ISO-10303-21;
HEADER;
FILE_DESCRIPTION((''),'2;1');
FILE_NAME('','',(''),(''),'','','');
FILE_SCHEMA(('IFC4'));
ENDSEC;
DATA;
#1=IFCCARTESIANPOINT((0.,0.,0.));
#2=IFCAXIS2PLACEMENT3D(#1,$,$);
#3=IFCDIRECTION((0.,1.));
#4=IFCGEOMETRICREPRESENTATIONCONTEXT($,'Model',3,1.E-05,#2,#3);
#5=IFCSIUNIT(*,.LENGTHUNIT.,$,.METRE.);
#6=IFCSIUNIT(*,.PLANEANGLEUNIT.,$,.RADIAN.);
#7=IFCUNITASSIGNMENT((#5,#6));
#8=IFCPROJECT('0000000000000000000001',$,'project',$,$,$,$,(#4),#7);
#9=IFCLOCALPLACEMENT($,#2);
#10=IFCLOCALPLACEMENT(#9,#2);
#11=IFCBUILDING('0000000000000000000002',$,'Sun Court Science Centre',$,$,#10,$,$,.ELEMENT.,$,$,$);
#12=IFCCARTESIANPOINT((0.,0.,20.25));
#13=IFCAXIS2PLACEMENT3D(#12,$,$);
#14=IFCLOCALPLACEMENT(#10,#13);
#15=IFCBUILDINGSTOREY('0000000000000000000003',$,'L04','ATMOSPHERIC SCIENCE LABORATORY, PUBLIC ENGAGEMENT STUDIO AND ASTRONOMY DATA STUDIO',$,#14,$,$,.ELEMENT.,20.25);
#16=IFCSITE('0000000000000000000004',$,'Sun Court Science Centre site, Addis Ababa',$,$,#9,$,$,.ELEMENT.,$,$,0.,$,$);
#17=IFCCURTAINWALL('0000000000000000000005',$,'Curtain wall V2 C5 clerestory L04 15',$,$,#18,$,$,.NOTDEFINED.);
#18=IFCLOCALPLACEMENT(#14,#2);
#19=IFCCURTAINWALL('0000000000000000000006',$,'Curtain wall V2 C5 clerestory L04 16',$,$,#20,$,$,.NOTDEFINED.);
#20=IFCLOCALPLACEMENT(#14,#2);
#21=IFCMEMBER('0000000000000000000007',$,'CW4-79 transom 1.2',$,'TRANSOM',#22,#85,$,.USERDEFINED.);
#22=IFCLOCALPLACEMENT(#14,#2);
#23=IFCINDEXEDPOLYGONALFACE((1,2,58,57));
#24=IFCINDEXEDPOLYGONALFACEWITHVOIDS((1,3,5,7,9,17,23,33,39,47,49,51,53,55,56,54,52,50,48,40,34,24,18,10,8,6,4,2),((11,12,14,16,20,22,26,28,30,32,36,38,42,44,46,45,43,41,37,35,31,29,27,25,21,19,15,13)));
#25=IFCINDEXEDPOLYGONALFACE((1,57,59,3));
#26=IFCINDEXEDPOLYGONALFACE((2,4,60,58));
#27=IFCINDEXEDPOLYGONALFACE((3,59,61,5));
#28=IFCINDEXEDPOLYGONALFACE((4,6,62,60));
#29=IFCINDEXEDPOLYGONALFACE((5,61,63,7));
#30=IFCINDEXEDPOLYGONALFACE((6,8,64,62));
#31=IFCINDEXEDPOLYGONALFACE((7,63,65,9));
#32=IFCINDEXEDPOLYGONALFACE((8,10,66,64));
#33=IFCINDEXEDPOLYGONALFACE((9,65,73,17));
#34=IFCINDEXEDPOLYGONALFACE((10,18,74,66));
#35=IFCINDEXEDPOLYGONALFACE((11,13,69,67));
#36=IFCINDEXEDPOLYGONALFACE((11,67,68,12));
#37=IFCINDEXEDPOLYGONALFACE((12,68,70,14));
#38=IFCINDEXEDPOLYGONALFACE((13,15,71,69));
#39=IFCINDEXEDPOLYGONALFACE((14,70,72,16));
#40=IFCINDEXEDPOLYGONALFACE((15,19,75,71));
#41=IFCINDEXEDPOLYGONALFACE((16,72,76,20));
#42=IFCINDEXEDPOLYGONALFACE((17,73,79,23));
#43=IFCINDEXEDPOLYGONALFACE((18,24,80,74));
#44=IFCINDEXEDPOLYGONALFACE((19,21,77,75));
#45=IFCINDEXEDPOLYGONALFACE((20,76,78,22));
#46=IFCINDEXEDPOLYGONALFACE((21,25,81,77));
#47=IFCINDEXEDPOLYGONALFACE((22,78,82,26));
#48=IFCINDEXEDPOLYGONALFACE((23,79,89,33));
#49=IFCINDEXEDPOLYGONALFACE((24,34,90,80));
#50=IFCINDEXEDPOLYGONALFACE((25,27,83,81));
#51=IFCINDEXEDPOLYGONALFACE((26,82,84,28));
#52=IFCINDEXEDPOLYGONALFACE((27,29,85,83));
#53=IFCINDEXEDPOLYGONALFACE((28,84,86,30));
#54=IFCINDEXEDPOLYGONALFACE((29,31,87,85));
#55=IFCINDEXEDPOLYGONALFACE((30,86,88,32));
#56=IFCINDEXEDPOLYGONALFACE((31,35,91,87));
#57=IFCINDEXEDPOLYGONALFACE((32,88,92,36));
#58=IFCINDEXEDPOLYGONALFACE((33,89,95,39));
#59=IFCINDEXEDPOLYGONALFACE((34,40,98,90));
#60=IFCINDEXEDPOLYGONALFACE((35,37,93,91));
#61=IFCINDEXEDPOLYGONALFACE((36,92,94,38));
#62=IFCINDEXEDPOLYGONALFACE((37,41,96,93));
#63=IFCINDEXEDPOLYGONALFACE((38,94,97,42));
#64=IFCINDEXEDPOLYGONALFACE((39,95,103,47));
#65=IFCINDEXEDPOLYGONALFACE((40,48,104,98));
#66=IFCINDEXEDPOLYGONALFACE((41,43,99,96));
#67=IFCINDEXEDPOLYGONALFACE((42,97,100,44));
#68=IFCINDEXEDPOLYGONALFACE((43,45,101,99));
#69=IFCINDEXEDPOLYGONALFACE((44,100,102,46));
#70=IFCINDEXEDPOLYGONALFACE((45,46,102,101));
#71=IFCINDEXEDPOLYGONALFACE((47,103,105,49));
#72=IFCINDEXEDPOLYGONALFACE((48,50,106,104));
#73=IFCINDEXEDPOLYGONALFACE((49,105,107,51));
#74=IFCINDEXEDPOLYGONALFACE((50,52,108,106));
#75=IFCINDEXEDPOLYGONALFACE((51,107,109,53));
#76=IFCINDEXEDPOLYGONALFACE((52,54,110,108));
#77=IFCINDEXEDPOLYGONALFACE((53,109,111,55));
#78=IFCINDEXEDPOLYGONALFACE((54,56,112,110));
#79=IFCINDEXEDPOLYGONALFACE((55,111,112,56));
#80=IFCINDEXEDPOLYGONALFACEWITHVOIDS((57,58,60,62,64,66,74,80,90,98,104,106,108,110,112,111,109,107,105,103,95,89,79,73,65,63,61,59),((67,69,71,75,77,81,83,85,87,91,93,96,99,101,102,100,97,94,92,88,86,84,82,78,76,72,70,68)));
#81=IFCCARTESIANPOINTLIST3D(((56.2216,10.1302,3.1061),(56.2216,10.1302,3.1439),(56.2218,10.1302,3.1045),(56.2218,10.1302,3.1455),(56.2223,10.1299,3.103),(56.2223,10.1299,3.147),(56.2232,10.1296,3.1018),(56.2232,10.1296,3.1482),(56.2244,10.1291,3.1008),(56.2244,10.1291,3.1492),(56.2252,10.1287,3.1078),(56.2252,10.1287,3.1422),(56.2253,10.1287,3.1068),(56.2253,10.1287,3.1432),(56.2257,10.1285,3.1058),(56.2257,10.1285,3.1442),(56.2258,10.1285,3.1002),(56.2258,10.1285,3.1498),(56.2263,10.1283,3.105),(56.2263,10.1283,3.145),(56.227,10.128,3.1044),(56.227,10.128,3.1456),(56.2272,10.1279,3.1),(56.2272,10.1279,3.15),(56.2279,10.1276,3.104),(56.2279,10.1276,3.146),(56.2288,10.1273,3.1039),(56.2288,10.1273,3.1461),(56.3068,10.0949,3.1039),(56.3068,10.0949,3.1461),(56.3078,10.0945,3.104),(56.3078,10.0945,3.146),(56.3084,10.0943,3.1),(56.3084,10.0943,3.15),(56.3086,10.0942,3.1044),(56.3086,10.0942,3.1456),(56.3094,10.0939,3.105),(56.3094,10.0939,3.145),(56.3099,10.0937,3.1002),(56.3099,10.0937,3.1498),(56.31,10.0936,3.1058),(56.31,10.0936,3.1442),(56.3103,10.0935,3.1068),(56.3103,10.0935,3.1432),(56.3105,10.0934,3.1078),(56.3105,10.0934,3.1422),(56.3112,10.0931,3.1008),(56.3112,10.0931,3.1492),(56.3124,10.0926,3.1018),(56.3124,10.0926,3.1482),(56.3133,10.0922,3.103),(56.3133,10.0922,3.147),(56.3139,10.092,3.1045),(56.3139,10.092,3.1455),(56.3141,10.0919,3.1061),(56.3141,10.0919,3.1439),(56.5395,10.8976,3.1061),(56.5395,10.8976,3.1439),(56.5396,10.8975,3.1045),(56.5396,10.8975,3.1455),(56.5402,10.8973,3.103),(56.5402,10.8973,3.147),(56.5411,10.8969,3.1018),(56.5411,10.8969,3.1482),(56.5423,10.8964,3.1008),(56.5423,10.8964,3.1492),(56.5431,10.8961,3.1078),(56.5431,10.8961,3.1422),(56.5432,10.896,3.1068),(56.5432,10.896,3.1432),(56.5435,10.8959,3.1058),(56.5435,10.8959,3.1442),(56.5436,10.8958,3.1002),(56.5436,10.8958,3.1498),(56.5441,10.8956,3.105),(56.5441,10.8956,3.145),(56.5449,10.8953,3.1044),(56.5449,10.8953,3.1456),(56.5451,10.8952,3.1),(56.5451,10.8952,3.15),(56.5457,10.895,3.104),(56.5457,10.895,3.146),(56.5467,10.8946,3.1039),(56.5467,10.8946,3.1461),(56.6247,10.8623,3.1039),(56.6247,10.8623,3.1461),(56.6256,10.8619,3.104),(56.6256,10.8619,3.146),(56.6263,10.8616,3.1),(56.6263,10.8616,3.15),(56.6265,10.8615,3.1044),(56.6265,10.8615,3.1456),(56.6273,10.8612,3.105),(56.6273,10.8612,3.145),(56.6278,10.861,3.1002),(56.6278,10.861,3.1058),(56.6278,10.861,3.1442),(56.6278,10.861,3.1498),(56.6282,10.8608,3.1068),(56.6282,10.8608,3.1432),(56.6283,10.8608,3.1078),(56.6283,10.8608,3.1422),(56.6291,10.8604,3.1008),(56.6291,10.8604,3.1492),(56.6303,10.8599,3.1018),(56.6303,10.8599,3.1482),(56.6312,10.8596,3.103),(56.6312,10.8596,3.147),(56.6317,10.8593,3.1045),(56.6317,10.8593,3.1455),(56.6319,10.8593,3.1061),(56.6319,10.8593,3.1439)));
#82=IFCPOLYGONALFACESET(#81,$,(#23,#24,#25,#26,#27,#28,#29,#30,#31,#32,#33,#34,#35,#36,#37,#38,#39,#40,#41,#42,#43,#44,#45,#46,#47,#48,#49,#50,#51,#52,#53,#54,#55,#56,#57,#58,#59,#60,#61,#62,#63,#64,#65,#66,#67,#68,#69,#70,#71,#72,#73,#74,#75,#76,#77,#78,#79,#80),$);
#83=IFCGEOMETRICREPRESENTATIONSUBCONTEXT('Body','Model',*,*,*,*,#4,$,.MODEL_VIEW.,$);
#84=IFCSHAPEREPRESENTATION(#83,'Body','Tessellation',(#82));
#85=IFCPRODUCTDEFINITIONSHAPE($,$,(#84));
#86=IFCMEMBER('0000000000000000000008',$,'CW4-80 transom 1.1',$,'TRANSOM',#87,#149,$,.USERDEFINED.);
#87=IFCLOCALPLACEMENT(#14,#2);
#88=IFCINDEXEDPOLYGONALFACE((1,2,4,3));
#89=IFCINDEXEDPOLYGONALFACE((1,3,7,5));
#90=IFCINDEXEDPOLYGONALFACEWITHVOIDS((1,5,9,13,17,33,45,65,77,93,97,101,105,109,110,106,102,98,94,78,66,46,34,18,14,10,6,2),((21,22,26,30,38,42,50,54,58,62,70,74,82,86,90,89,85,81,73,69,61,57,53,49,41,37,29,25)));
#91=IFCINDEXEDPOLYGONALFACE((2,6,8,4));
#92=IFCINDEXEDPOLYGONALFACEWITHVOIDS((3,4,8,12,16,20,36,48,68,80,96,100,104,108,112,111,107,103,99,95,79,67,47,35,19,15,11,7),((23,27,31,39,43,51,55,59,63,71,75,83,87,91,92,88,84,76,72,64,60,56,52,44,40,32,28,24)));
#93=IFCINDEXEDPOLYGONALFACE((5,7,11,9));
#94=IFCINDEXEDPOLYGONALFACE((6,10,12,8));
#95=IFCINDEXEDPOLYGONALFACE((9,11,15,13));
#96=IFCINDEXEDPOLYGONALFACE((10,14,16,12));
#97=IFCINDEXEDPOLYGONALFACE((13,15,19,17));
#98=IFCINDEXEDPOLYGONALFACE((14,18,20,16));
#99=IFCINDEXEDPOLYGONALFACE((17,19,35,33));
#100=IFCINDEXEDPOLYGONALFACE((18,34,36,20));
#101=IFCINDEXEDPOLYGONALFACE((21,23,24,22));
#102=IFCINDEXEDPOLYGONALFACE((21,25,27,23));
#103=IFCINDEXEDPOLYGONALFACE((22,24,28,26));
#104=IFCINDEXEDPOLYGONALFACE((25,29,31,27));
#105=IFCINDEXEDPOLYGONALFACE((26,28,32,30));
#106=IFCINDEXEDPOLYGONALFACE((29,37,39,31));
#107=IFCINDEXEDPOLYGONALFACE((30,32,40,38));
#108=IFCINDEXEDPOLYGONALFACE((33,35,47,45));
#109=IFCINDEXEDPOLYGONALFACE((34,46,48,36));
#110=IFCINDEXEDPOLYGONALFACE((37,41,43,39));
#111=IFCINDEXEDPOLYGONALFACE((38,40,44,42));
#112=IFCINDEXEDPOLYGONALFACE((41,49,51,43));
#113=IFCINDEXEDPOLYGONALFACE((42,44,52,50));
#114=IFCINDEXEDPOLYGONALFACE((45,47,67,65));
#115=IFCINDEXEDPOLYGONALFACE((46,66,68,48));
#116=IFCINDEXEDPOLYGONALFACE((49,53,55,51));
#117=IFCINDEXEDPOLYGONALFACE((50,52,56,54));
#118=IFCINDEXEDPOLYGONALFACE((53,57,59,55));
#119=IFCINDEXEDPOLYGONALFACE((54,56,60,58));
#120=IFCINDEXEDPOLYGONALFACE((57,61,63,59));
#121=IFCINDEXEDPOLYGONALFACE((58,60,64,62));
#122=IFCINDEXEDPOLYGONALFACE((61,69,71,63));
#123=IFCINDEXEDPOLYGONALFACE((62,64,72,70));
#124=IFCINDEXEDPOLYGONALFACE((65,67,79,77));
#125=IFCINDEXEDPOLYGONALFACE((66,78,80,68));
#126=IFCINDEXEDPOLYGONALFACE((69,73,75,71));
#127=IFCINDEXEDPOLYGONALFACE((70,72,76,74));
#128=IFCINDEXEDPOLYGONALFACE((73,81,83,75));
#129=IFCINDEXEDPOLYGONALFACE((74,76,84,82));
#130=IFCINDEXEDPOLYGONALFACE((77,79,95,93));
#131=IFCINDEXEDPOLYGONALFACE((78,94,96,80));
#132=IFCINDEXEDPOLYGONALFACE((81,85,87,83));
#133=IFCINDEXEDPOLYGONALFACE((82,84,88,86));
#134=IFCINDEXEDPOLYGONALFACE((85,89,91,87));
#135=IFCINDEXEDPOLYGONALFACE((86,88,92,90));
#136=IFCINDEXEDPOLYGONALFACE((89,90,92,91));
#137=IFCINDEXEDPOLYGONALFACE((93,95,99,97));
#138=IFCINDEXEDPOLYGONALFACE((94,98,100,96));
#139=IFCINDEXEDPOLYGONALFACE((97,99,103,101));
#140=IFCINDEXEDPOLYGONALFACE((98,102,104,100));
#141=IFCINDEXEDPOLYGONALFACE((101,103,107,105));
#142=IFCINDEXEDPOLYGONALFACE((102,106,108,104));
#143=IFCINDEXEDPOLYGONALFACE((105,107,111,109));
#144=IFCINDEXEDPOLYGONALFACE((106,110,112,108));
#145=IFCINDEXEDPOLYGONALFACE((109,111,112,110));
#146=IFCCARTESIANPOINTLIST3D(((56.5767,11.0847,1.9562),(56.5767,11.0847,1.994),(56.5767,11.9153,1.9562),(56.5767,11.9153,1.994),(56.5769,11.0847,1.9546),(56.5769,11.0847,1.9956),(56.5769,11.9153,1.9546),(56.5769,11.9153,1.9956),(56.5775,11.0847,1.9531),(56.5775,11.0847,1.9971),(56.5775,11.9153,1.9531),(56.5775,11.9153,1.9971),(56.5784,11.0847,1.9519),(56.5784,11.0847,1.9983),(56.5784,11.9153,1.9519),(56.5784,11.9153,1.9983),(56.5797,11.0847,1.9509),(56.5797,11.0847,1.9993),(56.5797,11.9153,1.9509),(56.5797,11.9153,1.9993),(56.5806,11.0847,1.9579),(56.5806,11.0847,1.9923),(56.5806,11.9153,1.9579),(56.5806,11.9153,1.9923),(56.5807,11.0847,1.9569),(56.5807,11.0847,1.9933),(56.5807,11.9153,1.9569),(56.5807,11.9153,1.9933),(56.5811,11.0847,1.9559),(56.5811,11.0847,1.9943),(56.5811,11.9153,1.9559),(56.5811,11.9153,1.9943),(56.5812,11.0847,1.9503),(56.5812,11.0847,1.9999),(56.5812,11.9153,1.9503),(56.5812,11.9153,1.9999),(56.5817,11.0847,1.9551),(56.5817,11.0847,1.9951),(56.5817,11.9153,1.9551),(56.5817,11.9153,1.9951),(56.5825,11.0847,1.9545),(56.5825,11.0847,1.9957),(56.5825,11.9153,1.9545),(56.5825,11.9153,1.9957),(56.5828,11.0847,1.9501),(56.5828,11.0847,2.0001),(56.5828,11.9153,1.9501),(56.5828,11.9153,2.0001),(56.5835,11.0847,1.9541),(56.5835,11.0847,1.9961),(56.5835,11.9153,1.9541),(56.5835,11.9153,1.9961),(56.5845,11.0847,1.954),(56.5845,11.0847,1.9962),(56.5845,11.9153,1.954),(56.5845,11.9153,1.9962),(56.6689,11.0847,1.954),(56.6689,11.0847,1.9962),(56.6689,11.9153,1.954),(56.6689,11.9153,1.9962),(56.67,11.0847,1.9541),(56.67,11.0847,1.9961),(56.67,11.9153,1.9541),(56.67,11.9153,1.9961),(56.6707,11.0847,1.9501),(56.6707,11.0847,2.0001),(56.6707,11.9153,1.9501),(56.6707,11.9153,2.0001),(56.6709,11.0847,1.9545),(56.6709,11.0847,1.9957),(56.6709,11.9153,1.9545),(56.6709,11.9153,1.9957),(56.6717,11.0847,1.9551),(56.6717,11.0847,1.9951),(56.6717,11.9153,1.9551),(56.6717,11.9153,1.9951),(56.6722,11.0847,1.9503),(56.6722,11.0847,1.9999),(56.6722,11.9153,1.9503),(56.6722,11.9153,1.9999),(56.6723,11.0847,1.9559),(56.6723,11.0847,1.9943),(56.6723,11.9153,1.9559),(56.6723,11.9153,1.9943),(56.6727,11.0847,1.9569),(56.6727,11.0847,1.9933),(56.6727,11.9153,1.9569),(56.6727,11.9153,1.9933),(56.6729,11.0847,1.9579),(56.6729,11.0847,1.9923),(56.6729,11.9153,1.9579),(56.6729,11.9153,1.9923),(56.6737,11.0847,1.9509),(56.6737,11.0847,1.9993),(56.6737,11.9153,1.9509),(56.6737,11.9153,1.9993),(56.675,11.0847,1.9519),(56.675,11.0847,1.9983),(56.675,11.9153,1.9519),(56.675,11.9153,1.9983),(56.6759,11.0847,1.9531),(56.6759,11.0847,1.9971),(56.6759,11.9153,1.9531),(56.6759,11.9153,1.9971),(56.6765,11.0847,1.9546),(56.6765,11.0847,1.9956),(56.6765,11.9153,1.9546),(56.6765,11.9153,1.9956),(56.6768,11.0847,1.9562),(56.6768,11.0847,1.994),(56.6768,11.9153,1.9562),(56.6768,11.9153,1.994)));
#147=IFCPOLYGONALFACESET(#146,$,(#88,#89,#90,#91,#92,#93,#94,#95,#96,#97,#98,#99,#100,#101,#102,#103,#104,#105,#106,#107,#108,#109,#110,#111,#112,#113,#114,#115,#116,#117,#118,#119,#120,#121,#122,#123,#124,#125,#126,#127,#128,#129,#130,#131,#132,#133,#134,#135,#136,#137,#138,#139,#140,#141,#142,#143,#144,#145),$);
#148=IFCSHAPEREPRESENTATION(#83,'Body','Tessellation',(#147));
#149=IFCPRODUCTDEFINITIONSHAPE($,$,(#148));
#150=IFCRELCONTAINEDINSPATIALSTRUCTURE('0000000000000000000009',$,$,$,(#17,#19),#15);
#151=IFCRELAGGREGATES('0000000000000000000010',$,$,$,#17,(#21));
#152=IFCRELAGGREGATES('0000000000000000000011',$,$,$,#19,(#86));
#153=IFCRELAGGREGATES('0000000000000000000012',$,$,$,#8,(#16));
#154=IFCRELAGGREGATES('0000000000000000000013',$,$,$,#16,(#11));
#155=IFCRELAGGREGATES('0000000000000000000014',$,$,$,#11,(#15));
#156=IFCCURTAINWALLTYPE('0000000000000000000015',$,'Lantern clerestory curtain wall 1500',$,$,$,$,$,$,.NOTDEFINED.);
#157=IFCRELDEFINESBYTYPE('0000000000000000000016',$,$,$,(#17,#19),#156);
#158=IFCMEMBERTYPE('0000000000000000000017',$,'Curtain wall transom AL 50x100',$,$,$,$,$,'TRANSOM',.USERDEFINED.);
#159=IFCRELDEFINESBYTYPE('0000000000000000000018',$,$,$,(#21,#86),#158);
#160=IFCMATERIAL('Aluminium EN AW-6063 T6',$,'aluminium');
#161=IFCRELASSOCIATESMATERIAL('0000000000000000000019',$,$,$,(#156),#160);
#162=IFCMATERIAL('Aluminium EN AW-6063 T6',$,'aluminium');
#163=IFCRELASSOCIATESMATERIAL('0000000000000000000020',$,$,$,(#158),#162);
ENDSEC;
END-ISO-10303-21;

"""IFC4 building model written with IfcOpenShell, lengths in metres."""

from ifc_helpers import new_model, si_unit, direction, frame, origin, origin_2d, place, context, subcontext, project, spatial, hollow_rectangle, extrude, material, material_profile, profile_set, type_object, element, aggregate, save


model = new_model("IFC4")

# Units and contexts
model_context = context("Model", 3, precision=1e-05, world=origin(), true_north=direction((0.0, 1.0)))
body_context = subcontext(model_context, "Body", "Model", "MODEL_VIEW")
ifc_project = project(units=[si_unit("LENGTHUNIT", "METRE"), si_unit("PLANEANGLEUNIT", "RADIAN")], contexts=[model_context])

# Site, building, storey
site_placement = place(None, origin())
site = spatial("IfcSite", under=ifc_project, at=site_placement, Name="Sun Court Science Centre site, Addis Ababa", CompositionType="ELEMENT", RefElevation=0.0)
building_placement = place(site_placement, origin())
building = spatial("IfcBuilding", under=site, at=building_placement, Name="Sun Court Science Centre", CompositionType="ELEMENT")
storey_placement = place(building_placement, frame((0.0, 0.0, 20.25)))
storey = spatial("IfcBuildingStorey", under=building, at=storey_placement, Name="L04", Description="ATMOSPHERIC SCIENCE LABORATORY, PUBLIC ENGAGEMENT STUDIO AND ASTRONOMY DATA STUDIO", CompositionType="ELEMENT", Elevation=20.25)

# Curtain wall
ifc_material_1 = material(Name="Aluminium EN AW-6063 T6", Category="aluminium")
curtain_wall_type = type_object("IfcCurtainWallType", Name="Lantern clerestory curtain wall 1500", PredefinedType="NOTDEFINED", material=ifc_material_1)
curtain_wall_1_placement = place(storey_placement, origin())
curtain_wall_1 = element("IfcCurtainWall", 1, at=curtain_wall_1_placement, inside=storey, type_object=curtain_wall_type, Name="Curtain wall V2 C5 clerestory L04 15", PredefinedType="NOTDEFINED")

# Curtain wall
curtain_wall_2_placement = place(storey_placement, origin())
curtain_wall_2 = element("IfcCurtainWall", 2, at=curtain_wall_2_placement, inside=storey, type_object=curtain_wall_type, Name="Curtain wall V2 C5 clerestory L04 16", PredefinedType="NOTDEFINED")
ifc_material_2 = material(Name="Aluminium EN AW-6063 T6", Category="aluminium")
ifc_material_profile_1 = material_profile(ifc_material_2, hollow_rectangle(XDim=0.05, YDim=0.1001, WallThickness=0.0039, InnerFilletRadius=0.0039, OuterFilletRadius=0.0061, at=origin_2d()), Name="AL 50x100x4")
ifc_profile_set_1 = profile_set([ifc_material_profile_1], Name="Aluminium EN AW-6063 T6")
member_type_1 = type_object("IfcMemberType", Name="Curtain wall transom AL 50x100", ElementType="TRANSOM", PredefinedType="USERDEFINED", material=ifc_profile_set_1)

# Members
member_1_placement = place(storey_placement, frame((56.5857, 10.8784, 3.125), z_axis=(-0.382715, -0.923866, 0.0), x_axis=(0.0, 0.0, 1.0)))
member_1 = element("IfcMember", 3, at=member_1_placement, type_object=member_type_1, Name="CW4-79 transom 1.2", ObjectType="TRANSOM", PredefinedType="USERDEFINED", context=body_context, shape_type="SweptSolid", body=[
    extrude(hollow_rectangle(XDim=0.05, YDim=0.1001, WallThickness=0.0039, InnerFilletRadius=0.0039, OuterFilletRadius=0.0061, at=origin_2d()), origin(), (0.0, 0.0, 1.0), 0.8306),
])
member_2_placement = place(storey_placement, frame((56.6267, 11.9153, 1.9751), z_axis=(0.0, -1.0, 0.0), x_axis=(0.0, 0.0, 1.0)))
member_2 = element("IfcMember", 4, at=member_2_placement, type_object=member_type_1, Name="CW4-80 transom 1.1", ObjectType="TRANSOM", PredefinedType="USERDEFINED", context=body_context, shape_type="SweptSolid", body=[
    extrude(hollow_rectangle(XDim=0.05, YDim=0.1001, WallThickness=0.0039, InnerFilletRadius=0.0039, OuterFilletRadius=0.0061, at=origin_2d()), origin(), (0.0, 0.0, 1.0), 0.8306),
])

aggregate(curtain_wall_1, [member_1])
aggregate(curtain_wall_2, [member_2])

save(model, "model.ifc")
